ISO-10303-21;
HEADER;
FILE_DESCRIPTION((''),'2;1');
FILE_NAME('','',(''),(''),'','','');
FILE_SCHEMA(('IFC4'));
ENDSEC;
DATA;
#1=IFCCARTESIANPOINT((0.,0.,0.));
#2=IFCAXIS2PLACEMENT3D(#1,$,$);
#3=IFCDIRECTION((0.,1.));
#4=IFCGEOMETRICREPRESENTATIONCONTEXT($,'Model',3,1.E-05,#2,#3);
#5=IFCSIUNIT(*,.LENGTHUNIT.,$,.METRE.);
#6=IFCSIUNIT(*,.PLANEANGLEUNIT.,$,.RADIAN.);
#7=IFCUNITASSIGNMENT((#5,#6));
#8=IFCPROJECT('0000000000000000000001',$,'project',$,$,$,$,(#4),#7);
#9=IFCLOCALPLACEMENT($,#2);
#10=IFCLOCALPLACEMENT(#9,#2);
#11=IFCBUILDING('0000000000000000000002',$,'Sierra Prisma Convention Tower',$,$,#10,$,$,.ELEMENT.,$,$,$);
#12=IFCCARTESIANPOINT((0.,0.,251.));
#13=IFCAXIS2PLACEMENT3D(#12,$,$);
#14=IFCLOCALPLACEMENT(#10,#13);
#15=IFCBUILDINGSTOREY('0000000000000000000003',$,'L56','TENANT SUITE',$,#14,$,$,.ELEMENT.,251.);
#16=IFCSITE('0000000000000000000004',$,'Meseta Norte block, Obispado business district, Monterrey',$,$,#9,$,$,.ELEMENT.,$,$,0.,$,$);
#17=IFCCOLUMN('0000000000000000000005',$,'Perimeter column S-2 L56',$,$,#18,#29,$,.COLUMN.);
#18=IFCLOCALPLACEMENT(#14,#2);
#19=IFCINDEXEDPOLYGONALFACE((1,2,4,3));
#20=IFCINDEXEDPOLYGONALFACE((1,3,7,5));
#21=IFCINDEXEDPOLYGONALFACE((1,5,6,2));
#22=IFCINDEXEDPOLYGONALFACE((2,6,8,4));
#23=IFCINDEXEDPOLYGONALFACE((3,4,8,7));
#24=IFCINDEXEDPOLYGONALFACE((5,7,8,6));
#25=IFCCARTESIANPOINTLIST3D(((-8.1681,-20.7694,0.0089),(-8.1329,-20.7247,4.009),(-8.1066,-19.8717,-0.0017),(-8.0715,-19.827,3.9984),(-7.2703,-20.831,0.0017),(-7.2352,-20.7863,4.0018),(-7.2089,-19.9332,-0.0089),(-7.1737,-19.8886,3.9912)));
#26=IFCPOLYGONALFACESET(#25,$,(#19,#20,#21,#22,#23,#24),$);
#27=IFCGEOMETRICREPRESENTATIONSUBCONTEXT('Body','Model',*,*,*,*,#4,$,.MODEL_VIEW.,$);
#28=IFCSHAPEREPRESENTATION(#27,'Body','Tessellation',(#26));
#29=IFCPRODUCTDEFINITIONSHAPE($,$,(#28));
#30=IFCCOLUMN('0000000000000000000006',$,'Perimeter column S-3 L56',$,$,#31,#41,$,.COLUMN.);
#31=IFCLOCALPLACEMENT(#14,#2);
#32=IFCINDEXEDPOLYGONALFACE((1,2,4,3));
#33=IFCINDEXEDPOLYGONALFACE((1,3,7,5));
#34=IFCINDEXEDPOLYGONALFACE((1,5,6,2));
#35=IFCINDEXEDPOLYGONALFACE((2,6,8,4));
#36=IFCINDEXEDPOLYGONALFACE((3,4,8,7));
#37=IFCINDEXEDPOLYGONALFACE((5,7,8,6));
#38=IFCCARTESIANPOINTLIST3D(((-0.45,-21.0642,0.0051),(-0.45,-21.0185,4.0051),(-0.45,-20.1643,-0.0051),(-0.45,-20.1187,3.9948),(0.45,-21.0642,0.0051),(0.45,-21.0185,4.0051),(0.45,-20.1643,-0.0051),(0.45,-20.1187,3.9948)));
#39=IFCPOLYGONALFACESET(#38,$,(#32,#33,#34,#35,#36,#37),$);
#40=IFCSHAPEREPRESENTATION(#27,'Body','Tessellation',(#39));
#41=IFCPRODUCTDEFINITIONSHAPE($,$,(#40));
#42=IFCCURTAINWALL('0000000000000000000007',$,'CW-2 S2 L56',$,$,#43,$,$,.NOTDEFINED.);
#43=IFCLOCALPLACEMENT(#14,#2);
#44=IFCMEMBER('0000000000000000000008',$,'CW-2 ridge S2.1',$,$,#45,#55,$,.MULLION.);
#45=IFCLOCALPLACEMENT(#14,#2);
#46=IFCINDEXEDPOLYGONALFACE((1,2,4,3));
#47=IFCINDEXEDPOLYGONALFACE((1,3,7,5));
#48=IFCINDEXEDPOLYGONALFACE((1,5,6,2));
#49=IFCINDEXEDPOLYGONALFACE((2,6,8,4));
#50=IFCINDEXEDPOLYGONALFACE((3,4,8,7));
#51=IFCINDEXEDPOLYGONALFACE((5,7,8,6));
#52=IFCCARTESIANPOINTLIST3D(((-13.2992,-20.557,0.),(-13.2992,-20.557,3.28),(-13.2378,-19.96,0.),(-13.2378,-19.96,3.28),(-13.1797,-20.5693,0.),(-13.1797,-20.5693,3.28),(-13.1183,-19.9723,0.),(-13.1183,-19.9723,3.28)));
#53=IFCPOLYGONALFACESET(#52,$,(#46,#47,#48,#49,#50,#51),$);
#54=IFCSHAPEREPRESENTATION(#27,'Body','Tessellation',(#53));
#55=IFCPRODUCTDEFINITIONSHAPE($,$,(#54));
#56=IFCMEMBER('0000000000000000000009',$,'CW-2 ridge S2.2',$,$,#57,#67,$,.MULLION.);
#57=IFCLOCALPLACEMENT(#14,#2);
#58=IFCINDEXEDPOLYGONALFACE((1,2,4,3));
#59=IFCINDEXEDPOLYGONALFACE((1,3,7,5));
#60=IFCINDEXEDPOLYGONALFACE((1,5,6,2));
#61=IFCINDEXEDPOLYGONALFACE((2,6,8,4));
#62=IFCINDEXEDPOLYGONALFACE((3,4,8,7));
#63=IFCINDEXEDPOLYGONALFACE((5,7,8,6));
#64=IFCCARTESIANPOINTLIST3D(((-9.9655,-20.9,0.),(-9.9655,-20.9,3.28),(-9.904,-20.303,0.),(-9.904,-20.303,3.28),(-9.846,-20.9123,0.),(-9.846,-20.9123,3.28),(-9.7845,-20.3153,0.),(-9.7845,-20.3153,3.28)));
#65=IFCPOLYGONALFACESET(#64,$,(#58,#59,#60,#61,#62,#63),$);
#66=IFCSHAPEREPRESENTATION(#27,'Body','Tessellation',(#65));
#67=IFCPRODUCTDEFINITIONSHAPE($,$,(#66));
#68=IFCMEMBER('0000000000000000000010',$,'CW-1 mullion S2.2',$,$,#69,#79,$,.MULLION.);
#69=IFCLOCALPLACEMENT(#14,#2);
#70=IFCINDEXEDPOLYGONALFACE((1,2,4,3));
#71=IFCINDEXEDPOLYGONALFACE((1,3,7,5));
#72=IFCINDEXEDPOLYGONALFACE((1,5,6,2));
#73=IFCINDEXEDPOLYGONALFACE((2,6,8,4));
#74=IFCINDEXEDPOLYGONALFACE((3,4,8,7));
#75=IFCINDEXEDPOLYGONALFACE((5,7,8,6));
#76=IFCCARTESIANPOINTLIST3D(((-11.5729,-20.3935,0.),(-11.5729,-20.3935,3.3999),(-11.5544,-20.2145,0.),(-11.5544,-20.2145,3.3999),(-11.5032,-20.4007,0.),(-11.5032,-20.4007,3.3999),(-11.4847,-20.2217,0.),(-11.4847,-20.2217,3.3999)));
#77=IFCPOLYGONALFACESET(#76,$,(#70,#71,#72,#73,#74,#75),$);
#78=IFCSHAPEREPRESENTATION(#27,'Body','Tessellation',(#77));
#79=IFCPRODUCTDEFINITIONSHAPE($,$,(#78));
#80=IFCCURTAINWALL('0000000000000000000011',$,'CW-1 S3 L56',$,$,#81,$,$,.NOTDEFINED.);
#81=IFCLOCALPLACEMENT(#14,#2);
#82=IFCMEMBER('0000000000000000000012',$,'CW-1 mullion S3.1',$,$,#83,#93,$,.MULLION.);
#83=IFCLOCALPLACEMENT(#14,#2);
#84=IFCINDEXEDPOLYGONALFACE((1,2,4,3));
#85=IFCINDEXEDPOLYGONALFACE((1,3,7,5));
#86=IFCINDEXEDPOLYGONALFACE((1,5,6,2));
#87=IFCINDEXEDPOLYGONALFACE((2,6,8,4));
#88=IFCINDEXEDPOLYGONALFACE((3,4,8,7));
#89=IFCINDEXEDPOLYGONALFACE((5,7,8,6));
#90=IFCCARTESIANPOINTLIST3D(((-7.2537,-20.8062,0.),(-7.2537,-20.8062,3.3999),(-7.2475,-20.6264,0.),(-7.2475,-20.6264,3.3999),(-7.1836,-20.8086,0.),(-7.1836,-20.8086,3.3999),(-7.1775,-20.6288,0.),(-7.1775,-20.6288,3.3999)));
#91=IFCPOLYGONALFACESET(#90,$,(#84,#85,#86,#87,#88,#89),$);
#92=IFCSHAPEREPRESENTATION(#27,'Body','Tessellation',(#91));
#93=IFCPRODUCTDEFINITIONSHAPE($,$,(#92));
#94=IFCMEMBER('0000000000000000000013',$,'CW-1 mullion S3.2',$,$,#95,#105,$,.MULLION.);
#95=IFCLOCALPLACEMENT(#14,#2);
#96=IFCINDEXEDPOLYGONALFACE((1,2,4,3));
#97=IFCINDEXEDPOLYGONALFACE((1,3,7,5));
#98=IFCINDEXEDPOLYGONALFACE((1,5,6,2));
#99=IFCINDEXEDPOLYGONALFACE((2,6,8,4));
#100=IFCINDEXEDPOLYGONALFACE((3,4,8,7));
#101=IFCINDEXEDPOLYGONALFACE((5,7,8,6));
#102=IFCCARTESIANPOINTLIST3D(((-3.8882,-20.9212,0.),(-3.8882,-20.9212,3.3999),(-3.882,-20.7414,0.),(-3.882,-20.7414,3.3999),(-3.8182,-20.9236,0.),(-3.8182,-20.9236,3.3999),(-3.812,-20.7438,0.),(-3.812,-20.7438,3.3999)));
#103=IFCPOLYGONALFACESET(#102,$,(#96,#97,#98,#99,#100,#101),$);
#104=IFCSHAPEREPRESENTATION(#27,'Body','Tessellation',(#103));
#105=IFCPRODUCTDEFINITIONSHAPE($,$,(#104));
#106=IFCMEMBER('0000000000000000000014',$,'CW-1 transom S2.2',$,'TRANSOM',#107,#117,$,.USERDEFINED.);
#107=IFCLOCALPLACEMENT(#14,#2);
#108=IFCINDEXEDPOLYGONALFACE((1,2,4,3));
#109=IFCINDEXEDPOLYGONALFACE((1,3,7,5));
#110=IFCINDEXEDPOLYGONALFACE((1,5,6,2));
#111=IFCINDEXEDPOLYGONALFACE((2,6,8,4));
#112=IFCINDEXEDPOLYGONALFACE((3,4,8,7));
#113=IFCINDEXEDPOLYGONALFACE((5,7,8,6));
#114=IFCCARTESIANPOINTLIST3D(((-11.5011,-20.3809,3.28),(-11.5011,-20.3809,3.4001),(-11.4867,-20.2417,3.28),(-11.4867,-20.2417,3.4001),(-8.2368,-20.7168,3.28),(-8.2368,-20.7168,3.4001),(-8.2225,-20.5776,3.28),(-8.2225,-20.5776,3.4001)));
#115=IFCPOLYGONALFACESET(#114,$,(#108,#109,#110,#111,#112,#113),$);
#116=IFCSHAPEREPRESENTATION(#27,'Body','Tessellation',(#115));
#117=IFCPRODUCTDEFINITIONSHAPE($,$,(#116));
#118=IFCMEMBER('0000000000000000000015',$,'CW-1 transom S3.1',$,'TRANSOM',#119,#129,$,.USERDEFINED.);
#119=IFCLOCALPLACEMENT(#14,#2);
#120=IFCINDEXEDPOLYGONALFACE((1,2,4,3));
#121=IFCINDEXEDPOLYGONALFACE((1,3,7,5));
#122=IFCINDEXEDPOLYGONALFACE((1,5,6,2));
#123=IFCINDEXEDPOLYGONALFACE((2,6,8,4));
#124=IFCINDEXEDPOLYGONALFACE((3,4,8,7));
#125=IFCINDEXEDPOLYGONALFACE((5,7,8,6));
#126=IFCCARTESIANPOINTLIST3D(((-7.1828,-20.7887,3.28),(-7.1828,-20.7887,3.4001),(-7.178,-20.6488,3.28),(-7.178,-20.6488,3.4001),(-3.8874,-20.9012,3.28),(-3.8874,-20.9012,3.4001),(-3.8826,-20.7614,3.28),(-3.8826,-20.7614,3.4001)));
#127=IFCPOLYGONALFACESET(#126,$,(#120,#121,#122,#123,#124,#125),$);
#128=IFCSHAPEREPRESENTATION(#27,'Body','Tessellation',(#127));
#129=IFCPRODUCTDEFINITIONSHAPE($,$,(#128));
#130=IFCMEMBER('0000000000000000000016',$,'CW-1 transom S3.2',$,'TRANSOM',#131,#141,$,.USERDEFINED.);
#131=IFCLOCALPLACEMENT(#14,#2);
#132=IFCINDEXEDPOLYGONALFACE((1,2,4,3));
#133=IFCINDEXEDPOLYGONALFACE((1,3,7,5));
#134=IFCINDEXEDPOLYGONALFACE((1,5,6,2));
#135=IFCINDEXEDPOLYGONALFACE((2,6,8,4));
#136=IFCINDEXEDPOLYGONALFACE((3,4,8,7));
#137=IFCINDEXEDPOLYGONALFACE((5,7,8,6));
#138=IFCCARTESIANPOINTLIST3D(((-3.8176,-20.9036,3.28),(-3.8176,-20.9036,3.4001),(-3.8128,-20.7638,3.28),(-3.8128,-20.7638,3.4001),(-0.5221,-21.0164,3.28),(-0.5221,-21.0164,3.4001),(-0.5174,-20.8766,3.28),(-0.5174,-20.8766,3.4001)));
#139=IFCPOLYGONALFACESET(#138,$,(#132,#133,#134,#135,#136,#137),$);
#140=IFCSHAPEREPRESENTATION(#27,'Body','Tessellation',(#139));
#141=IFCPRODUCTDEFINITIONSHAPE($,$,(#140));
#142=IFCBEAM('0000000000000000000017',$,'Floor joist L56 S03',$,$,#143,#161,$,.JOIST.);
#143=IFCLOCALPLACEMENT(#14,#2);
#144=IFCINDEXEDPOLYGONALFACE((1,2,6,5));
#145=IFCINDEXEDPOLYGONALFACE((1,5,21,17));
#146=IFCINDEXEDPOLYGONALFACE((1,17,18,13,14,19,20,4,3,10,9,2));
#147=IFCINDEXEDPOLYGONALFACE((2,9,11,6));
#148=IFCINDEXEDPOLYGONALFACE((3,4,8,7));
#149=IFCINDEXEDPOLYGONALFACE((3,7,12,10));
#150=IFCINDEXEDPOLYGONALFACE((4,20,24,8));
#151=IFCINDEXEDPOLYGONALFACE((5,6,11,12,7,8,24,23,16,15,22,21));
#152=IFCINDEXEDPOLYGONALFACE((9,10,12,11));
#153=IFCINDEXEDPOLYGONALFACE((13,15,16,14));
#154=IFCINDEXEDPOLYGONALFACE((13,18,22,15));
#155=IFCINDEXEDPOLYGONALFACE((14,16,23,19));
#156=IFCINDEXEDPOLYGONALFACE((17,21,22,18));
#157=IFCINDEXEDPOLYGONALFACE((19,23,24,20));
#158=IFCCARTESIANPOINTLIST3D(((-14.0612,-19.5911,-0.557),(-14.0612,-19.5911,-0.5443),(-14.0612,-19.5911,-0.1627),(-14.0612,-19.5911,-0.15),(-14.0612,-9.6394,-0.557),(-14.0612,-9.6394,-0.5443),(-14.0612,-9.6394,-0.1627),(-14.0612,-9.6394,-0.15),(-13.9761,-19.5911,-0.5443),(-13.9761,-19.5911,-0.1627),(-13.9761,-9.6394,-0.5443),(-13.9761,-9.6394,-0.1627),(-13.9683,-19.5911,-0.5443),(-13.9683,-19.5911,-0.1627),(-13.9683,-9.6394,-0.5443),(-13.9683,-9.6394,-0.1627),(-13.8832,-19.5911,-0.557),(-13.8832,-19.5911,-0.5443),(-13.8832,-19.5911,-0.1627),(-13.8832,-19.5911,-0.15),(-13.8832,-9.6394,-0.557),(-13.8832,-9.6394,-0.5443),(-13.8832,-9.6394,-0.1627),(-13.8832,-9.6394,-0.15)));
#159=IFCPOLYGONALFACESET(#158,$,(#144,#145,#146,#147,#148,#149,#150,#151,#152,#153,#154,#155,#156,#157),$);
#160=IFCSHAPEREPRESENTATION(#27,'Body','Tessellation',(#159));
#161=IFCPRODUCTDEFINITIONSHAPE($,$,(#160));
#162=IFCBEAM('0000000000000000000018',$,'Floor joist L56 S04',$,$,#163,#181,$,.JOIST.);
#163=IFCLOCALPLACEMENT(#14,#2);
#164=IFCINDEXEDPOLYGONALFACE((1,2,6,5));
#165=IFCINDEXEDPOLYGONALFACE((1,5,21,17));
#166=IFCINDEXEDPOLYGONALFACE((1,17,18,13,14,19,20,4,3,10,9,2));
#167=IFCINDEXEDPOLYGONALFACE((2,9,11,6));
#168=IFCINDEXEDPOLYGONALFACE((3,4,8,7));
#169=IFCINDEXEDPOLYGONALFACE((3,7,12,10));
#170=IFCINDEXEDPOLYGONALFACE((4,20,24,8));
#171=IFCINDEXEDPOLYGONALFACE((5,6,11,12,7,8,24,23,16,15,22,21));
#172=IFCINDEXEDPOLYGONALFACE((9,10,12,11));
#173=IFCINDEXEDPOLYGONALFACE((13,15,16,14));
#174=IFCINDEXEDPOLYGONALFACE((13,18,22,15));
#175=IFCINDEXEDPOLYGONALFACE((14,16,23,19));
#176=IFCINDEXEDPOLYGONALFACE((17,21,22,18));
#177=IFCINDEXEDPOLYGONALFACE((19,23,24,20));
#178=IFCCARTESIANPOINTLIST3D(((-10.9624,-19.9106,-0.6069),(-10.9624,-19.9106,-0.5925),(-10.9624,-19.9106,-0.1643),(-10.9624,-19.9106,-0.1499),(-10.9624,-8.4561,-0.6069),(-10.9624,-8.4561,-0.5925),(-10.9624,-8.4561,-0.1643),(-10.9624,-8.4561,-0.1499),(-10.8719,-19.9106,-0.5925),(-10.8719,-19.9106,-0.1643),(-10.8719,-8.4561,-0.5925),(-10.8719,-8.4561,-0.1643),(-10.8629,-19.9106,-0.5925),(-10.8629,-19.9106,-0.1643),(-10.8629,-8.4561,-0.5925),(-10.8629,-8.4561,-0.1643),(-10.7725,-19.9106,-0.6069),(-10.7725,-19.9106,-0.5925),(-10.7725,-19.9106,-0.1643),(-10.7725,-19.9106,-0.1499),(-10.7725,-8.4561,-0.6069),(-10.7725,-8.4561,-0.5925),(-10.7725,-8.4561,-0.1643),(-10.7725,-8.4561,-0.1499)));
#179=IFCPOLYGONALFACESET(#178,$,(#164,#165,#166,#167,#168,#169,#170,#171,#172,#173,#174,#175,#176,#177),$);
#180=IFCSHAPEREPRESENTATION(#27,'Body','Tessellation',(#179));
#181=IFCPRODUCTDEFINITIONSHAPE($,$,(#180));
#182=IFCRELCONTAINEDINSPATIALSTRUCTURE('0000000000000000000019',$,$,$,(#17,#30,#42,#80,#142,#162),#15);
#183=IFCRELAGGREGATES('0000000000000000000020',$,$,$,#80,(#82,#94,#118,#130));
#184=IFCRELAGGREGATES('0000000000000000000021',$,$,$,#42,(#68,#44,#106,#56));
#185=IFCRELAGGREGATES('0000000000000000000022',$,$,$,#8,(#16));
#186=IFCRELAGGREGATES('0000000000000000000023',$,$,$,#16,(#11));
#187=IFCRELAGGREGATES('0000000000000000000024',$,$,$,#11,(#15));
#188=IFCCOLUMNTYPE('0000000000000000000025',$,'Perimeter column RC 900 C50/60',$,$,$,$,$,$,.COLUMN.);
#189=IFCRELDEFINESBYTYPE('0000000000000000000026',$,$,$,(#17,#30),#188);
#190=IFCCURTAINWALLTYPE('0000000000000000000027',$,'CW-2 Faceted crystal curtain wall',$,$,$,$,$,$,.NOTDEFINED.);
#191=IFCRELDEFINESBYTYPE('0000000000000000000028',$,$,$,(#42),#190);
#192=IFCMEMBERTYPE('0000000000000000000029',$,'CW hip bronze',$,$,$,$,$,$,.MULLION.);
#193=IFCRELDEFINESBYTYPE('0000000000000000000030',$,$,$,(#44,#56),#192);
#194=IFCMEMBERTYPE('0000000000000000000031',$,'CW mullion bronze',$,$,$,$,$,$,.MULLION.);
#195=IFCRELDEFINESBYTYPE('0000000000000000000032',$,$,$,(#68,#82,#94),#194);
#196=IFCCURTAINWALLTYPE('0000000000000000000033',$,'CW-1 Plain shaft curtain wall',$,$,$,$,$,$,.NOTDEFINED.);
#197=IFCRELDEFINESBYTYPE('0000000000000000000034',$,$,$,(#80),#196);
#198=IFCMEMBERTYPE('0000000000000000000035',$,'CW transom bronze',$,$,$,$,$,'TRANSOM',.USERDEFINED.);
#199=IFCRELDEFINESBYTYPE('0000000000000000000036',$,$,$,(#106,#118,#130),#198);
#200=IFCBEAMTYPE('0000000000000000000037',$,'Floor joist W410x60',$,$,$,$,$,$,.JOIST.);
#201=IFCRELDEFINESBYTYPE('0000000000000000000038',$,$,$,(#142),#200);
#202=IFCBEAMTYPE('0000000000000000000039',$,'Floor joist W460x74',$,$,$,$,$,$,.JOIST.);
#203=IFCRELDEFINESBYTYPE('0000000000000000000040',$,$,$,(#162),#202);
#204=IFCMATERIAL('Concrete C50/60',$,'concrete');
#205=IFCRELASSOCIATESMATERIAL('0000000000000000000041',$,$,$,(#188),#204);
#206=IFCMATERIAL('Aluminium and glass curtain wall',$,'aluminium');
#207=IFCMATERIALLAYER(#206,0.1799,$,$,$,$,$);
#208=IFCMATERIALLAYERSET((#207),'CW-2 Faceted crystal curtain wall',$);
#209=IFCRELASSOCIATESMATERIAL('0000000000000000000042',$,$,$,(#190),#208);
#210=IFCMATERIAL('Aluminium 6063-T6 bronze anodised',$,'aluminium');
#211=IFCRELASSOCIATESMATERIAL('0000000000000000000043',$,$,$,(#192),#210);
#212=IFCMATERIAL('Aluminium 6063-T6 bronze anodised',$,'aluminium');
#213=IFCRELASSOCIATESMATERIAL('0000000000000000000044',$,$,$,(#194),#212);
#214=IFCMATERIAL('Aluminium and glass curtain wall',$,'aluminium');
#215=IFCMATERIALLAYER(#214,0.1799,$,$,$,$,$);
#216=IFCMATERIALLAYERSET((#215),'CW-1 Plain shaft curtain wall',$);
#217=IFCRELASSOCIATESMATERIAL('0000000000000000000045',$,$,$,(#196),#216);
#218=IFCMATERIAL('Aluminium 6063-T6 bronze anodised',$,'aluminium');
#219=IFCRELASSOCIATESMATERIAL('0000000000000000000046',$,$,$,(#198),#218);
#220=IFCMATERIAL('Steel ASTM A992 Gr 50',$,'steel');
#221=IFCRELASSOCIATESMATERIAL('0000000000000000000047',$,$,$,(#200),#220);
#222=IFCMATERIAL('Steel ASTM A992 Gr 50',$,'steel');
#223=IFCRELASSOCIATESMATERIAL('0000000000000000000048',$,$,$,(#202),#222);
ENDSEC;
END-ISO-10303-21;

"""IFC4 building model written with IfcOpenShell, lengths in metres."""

from ifc_helpers import new_model, si_unit, direction, frame, origin, origin_2d, place, context, subcontext, project, spatial, rectangle, i_section, extrude, material, layer, layer_set, material_profile, profile_set, type_object, element, aggregate, save


model = new_model("IFC4")

# Units and contexts
model_context = context("Model", 3, precision=1e-05, world=origin(), true_north=direction((0.0, 1.0)))
body_context = subcontext(model_context, "Body", "Model", "MODEL_VIEW")
ifc_project = project(units=[si_unit("LENGTHUNIT", "METRE"), si_unit("PLANEANGLEUNIT", "RADIAN")], contexts=[model_context])

# Site, building, storey
site_placement = place(None, origin())
site = spatial("IfcSite", under=ifc_project, at=site_placement, Name="Meseta Norte block, Obispado business district, Monterrey", CompositionType="ELEMENT", RefElevation=0.0)
building_placement = place(site_placement, origin())
building = spatial("IfcBuilding", under=site, at=building_placement, Name="Sierra Prisma Convention Tower", CompositionType="ELEMENT")
storey_placement = place(building_placement, frame((0.0, 0.0, 251.0)))
storey = spatial("IfcBuildingStorey", under=building, at=storey_placement, Name="L56", Description="TENANT SUITE", CompositionType="ELEMENT", Elevation=251.0)

# Columns
ifc_material_1 = material(Name="Concrete C50/60", Category="concrete")
ifc_material_profile_1 = material_profile(ifc_material_1, rectangle(XDim=0.8999, YDim=0.8999, at=origin_2d()), Name="Perimeter column RC 900 C50/60")
ifc_profile_set_1 = profile_set([ifc_material_profile_1], Name="Concrete C50/60")
column_type = type_object("IfcColumnType", Name="Perimeter column RC 900 C50/60", PredefinedType="COLUMN", material=ifc_profile_set_1)
column_1_placement = place(storey_placement, frame((-7.6885, -20.3513, 0.0), z_axis=(0.008788, 0.011168, 0.999899), x_axis=(-0.997624, 0.068421, 0.008004)))
element("IfcColumn", 1, at=column_1_placement, inside=storey, type_object=column_type, Name="Perimeter column S-2 L56", PredefinedType="COLUMN", context=body_context, shape_type="SweptSolid", body=[
    extrude(rectangle(XDim=0.8999, YDim=0.8999, at=origin_2d()), origin(), (0.0, 0.0, 1.0), 4.0005),
])
column_2_placement = place(storey_placement, frame((0.0, -20.6143, 0.0), z_axis=(0.0, 0.011413, 0.999935), x_axis=(1.0, 0.0, 0.0)))
element("IfcColumn", 2, at=column_2_placement, inside=storey, type_object=column_type, Name="Perimeter column S-3 L56", PredefinedType="COLUMN", context=body_context, shape_type="SweptSolid", body=[
    extrude(rectangle(XDim=0.8999, YDim=0.8999, at=origin_2d()), origin(), (0.0, 0.0, 1.0), 4.0002),
])

# Curtain walls, members
ifc_material_2 = material(Name="Aluminium and glass curtain wall", Category="aluminium")
ifc_layer_1 = layer(ifc_material_2, 0.1799)
ifc_layer_set_1 = layer_set([ifc_layer_1], Name="CW-2 Faceted crystal curtain wall")
curtain_wall_type_1 = type_object("IfcCurtainWallType", Name="CW-2 Faceted crystal curtain wall", PredefinedType="NOTDEFINED", material=ifc_layer_set_1)
curtain_wall_1_placement = place(storey_placement, origin())
curtain_wall_1 = element("IfcCurtainWall", 3, at=curtain_wall_1_placement, inside=storey, type_object=curtain_wall_type_1, Name="CW-2 S2 L56", PredefinedType="NOTDEFINED")
ifc_material_3 = material(Name="Aluminium 6063-T6 bronze anodised", Category="aluminium")
ifc_material_profile_2 = material_profile(ifc_material_3, rectangle(XDim=0.1201, YDim=0.6001, at=origin_2d()), Name="ALU RIDGE BLADE 120x600")
ifc_profile_set_2 = profile_set([ifc_material_profile_2], Name="Aluminium 6063-T6 bronze anodised")
member_type_1 = type_object("IfcMemberType", Name="CW hip bronze", PredefinedType="MULLION", material=ifc_profile_set_2)
member_1_placement = place(storey_placement, frame((-13.2087, -20.2646, 0.0), z_axis=(0.0, 0.0, 1.0), x_axis=(0.994744, -0.102392, 0.0)))
member_1 = element("IfcMember", 4, at=member_1_placement, type_object=member_type_1, Name="CW-2 ridge S2.1", PredefinedType="MULLION", context=body_context, shape_type="SweptSolid", body=[
    extrude(rectangle(XDim=0.1201, YDim=0.6001, at=origin_2d()), origin(), (0.0, 0.0, 1.0), 3.28),
])
member_2_placement = place(storey_placement, frame((-9.875, -20.6077, 0.0), z_axis=(0.0, 0.0, 1.0), x_axis=(0.994744, -0.102392, 0.0)))
member_2 = element("IfcMember", 5, at=member_2_placement, type_object=member_type_1, Name="CW-2 ridge S2.2", PredefinedType="MULLION", context=body_context, shape_type="SweptSolid", body=[
    extrude(rectangle(XDim=0.1201, YDim=0.6001, at=origin_2d()), origin(), (0.0, 0.0, 1.0), 3.28),
])
ifc_material_4 = material(Name="Aluminium 6063-T6 bronze anodised", Category="aluminium")
ifc_material_profile_3 = material_profile(ifc_material_4, rectangle(XDim=0.1799, YDim=0.0701, at=origin_2d()), Name="ALU MULLION 70x180")
ifc_profile_set_3 = profile_set([ifc_material_profile_3], Name="Aluminium 6063-T6 bronze anodised")
member_type_2 = type_object("IfcMemberType", Name="CW mullion bronze", PredefinedType="MULLION", material=ifc_profile_set_3)
member_3_placement = place(storey_placement, frame((-11.5288, -20.3076, 0.0), z_axis=(0.0, 0.0, 1.0), x_axis=(0.102392, 0.994744, 0.0)))
member_3 = element("IfcMember", 6, at=member_3_placement, type_object=member_type_2, Name="CW-1 mullion S2.2", PredefinedType="MULLION", context=body_context, shape_type="SweptSolid", body=[
    extrude(rectangle(XDim=0.1799, YDim=0.0701, at=origin_2d()), origin(), (0.0, 0.0, 1.0), 3.3999),
])
ifc_material_5 = material(Name="Aluminium and glass curtain wall", Category="aluminium")
ifc_layer_2 = layer(ifc_material_5, 0.1799)
ifc_layer_set_2 = layer_set([ifc_layer_2], Name="CW-1 Plain shaft curtain wall")
curtain_wall_type_2 = type_object("IfcCurtainWallType", Name="CW-1 Plain shaft curtain wall", PredefinedType="NOTDEFINED", material=ifc_layer_set_2)
curtain_wall_2_placement = place(storey_placement, origin())
curtain_wall_2 = element("IfcCurtainWall", 7, at=curtain_wall_2_placement, inside=storey, type_object=curtain_wall_type_2, Name="CW-1 S3 L56", PredefinedType="NOTDEFINED")
member_4_placement = place(storey_placement, frame((-7.2156, -20.7175, 0.0), z_axis=(0.0, 0.0, 1.0), x_axis=(0.034184, 0.999416, 0.0)))
member_4 = element("IfcMember", 8, at=member_4_placement, type_object=member_type_2, Name="CW-1 mullion S3.1", PredefinedType="MULLION", context=body_context, shape_type="SweptSolid", body=[
    extrude(rectangle(XDim=0.1799, YDim=0.0701, at=origin_2d()), origin(), (0.0, 0.0, 1.0), 3.3999),
])
member_5_placement = place(storey_placement, frame((-3.8501, -20.8325, 0.0), z_axis=(0.0, 0.0, 1.0), x_axis=(0.034184, 0.999416, 0.0)))
member_5 = element("IfcMember", 9, at=member_5_placement, type_object=member_type_2, Name="CW-1 mullion S3.2", PredefinedType="MULLION", context=body_context, shape_type="SweptSolid", body=[
    extrude(rectangle(XDim=0.1799, YDim=0.0701, at=origin_2d()), origin(), (0.0, 0.0, 1.0), 3.3999),
])

# Members
ifc_material_6 = material(Name="Aluminium 6063-T6 bronze anodised", Category="aluminium")
ifc_material_profile_4 = material_profile(ifc_material_6, rectangle(XDim=0.1399, YDim=0.1201, at=origin_2d()), Name="ALU TRANSOM 120x140")
ifc_profile_set_4 = profile_set([ifc_material_profile_4], Name="Aluminium 6063-T6 bronze anodised")
member_type_3 = type_object("IfcMemberType", Name="CW transom bronze", ElementType="TRANSOM", PredefinedType="USERDEFINED", material=ifc_profile_set_4)
member_6_placement = place(storey_placement, frame((-11.4939, -20.3113, 3.3401), z_axis=(0.994746, -0.102376, 0.0), x_axis=(0.102376, 0.994746, 0.0)))
member_6 = element("IfcMember", 10, at=member_6_placement, type_object=member_type_3, Name="CW-1 transom S2.2", ObjectType="TRANSOM", PredefinedType="USERDEFINED", context=body_context, shape_type="SweptSolid", body=[
    extrude(rectangle(XDim=0.1399, YDim=0.1201, at=origin_2d()), origin(), (0.0, 0.0, 1.0), 3.2815),
])
member_7_placement = place(storey_placement, frame((-7.1804, -20.7188, 3.3401), z_axis=(0.999417, -0.034133, 0.0), x_axis=(0.034133, 0.999417, 0.0)))
member_7 = element("IfcMember", 11, at=member_7_placement, type_object=member_type_3, Name="CW-1 transom S3.1", ObjectType="TRANSOM", PredefinedType="USERDEFINED", context=body_context, shape_type="SweptSolid", body=[
    extrude(rectangle(XDim=0.1399, YDim=0.1201, at=origin_2d()), origin(), (0.0, 0.0, 1.0), 3.2974),
])
member_8_placement = place(storey_placement, frame((-3.8152, -20.8337, 3.3401), z_axis=(0.999415, -0.034207, 0.0), x_axis=(0.034207, 0.999415, 0.0)))
member_8 = element("IfcMember", 12, at=member_8_placement, type_object=member_type_3, Name="CW-1 transom S3.2", ObjectType="TRANSOM", PredefinedType="USERDEFINED", context=body_context, shape_type="SweptSolid", body=[
    extrude(rectangle(XDim=0.1399, YDim=0.1201, at=origin_2d()), origin(), (0.0, 0.0, 1.0), 3.2974),
])

# Beams
ifc_material_7 = material(Name="Steel ASTM A992 Gr 50", Category="steel")
ifc_material_profile_5 = material_profile(ifc_material_7, i_section(OverallWidth=0.178, OverallDepth=0.407, WebThickness=0.0078, FlangeThickness=0.0127, at=origin_2d()), Name="W410x60")
ifc_profile_set_5 = profile_set([ifc_material_profile_5], Name="Steel ASTM A992 Gr 50")
beam_type_1 = type_object("IfcBeamType", Name="Floor joist W410x60", PredefinedType="JOIST", material=ifc_profile_set_5)
beam_1_placement = place(storey_placement, frame((-13.9722, -19.5911, -0.3535), z_axis=(0.0, 1.0, 0.0), x_axis=(-1.0, 0.0, 0.0)))
element("IfcBeam", 13, at=beam_1_placement, inside=storey, type_object=beam_type_1, Name="Floor joist L56 S03", PredefinedType="JOIST", context=body_context, shape_type="SweptSolid", body=[
    extrude(i_section(OverallWidth=0.178, OverallDepth=0.407, WebThickness=0.0078, FlangeThickness=0.0127, at=origin_2d()), origin(), (0.0, 0.0, 1.0), 9.9517),
])
ifc_material_8 = material(Name="Steel ASTM A992 Gr 50", Category="steel")
ifc_material_profile_6 = material_profile(ifc_material_8, i_section(OverallWidth=0.1899, OverallDepth=0.457, WebThickness=0.009, FlangeThickness=0.0144, at=origin_2d()), Name="W460x74")
ifc_profile_set_6 = profile_set([ifc_material_profile_6], Name="Steel ASTM A992 Gr 50")
beam_type_2 = type_object("IfcBeamType", Name="Floor joist W460x74", PredefinedType="JOIST", material=ifc_profile_set_6)
beam_2_placement = place(storey_placement, frame((-10.8674, -19.9106, -0.3784), z_axis=(0.0, 1.0, 0.0), x_axis=(-1.0, 0.0, 0.0)))
element("IfcBeam", 14, at=beam_2_placement, inside=storey, type_object=beam_type_2, Name="Floor joist L56 S04", PredefinedType="JOIST", context=body_context, shape_type="SweptSolid", body=[
    extrude(i_section(OverallWidth=0.1899, OverallDepth=0.457, WebThickness=0.009, FlangeThickness=0.0144, at=origin_2d()), origin(), (0.0, 0.0, 1.0), 11.4546),
])

aggregate(curtain_wall_2, [member_4, member_5, member_7, member_8])
aggregate(curtain_wall_1, [member_3, member_1, member_6, member_2])

save(model, "model.ifc")
